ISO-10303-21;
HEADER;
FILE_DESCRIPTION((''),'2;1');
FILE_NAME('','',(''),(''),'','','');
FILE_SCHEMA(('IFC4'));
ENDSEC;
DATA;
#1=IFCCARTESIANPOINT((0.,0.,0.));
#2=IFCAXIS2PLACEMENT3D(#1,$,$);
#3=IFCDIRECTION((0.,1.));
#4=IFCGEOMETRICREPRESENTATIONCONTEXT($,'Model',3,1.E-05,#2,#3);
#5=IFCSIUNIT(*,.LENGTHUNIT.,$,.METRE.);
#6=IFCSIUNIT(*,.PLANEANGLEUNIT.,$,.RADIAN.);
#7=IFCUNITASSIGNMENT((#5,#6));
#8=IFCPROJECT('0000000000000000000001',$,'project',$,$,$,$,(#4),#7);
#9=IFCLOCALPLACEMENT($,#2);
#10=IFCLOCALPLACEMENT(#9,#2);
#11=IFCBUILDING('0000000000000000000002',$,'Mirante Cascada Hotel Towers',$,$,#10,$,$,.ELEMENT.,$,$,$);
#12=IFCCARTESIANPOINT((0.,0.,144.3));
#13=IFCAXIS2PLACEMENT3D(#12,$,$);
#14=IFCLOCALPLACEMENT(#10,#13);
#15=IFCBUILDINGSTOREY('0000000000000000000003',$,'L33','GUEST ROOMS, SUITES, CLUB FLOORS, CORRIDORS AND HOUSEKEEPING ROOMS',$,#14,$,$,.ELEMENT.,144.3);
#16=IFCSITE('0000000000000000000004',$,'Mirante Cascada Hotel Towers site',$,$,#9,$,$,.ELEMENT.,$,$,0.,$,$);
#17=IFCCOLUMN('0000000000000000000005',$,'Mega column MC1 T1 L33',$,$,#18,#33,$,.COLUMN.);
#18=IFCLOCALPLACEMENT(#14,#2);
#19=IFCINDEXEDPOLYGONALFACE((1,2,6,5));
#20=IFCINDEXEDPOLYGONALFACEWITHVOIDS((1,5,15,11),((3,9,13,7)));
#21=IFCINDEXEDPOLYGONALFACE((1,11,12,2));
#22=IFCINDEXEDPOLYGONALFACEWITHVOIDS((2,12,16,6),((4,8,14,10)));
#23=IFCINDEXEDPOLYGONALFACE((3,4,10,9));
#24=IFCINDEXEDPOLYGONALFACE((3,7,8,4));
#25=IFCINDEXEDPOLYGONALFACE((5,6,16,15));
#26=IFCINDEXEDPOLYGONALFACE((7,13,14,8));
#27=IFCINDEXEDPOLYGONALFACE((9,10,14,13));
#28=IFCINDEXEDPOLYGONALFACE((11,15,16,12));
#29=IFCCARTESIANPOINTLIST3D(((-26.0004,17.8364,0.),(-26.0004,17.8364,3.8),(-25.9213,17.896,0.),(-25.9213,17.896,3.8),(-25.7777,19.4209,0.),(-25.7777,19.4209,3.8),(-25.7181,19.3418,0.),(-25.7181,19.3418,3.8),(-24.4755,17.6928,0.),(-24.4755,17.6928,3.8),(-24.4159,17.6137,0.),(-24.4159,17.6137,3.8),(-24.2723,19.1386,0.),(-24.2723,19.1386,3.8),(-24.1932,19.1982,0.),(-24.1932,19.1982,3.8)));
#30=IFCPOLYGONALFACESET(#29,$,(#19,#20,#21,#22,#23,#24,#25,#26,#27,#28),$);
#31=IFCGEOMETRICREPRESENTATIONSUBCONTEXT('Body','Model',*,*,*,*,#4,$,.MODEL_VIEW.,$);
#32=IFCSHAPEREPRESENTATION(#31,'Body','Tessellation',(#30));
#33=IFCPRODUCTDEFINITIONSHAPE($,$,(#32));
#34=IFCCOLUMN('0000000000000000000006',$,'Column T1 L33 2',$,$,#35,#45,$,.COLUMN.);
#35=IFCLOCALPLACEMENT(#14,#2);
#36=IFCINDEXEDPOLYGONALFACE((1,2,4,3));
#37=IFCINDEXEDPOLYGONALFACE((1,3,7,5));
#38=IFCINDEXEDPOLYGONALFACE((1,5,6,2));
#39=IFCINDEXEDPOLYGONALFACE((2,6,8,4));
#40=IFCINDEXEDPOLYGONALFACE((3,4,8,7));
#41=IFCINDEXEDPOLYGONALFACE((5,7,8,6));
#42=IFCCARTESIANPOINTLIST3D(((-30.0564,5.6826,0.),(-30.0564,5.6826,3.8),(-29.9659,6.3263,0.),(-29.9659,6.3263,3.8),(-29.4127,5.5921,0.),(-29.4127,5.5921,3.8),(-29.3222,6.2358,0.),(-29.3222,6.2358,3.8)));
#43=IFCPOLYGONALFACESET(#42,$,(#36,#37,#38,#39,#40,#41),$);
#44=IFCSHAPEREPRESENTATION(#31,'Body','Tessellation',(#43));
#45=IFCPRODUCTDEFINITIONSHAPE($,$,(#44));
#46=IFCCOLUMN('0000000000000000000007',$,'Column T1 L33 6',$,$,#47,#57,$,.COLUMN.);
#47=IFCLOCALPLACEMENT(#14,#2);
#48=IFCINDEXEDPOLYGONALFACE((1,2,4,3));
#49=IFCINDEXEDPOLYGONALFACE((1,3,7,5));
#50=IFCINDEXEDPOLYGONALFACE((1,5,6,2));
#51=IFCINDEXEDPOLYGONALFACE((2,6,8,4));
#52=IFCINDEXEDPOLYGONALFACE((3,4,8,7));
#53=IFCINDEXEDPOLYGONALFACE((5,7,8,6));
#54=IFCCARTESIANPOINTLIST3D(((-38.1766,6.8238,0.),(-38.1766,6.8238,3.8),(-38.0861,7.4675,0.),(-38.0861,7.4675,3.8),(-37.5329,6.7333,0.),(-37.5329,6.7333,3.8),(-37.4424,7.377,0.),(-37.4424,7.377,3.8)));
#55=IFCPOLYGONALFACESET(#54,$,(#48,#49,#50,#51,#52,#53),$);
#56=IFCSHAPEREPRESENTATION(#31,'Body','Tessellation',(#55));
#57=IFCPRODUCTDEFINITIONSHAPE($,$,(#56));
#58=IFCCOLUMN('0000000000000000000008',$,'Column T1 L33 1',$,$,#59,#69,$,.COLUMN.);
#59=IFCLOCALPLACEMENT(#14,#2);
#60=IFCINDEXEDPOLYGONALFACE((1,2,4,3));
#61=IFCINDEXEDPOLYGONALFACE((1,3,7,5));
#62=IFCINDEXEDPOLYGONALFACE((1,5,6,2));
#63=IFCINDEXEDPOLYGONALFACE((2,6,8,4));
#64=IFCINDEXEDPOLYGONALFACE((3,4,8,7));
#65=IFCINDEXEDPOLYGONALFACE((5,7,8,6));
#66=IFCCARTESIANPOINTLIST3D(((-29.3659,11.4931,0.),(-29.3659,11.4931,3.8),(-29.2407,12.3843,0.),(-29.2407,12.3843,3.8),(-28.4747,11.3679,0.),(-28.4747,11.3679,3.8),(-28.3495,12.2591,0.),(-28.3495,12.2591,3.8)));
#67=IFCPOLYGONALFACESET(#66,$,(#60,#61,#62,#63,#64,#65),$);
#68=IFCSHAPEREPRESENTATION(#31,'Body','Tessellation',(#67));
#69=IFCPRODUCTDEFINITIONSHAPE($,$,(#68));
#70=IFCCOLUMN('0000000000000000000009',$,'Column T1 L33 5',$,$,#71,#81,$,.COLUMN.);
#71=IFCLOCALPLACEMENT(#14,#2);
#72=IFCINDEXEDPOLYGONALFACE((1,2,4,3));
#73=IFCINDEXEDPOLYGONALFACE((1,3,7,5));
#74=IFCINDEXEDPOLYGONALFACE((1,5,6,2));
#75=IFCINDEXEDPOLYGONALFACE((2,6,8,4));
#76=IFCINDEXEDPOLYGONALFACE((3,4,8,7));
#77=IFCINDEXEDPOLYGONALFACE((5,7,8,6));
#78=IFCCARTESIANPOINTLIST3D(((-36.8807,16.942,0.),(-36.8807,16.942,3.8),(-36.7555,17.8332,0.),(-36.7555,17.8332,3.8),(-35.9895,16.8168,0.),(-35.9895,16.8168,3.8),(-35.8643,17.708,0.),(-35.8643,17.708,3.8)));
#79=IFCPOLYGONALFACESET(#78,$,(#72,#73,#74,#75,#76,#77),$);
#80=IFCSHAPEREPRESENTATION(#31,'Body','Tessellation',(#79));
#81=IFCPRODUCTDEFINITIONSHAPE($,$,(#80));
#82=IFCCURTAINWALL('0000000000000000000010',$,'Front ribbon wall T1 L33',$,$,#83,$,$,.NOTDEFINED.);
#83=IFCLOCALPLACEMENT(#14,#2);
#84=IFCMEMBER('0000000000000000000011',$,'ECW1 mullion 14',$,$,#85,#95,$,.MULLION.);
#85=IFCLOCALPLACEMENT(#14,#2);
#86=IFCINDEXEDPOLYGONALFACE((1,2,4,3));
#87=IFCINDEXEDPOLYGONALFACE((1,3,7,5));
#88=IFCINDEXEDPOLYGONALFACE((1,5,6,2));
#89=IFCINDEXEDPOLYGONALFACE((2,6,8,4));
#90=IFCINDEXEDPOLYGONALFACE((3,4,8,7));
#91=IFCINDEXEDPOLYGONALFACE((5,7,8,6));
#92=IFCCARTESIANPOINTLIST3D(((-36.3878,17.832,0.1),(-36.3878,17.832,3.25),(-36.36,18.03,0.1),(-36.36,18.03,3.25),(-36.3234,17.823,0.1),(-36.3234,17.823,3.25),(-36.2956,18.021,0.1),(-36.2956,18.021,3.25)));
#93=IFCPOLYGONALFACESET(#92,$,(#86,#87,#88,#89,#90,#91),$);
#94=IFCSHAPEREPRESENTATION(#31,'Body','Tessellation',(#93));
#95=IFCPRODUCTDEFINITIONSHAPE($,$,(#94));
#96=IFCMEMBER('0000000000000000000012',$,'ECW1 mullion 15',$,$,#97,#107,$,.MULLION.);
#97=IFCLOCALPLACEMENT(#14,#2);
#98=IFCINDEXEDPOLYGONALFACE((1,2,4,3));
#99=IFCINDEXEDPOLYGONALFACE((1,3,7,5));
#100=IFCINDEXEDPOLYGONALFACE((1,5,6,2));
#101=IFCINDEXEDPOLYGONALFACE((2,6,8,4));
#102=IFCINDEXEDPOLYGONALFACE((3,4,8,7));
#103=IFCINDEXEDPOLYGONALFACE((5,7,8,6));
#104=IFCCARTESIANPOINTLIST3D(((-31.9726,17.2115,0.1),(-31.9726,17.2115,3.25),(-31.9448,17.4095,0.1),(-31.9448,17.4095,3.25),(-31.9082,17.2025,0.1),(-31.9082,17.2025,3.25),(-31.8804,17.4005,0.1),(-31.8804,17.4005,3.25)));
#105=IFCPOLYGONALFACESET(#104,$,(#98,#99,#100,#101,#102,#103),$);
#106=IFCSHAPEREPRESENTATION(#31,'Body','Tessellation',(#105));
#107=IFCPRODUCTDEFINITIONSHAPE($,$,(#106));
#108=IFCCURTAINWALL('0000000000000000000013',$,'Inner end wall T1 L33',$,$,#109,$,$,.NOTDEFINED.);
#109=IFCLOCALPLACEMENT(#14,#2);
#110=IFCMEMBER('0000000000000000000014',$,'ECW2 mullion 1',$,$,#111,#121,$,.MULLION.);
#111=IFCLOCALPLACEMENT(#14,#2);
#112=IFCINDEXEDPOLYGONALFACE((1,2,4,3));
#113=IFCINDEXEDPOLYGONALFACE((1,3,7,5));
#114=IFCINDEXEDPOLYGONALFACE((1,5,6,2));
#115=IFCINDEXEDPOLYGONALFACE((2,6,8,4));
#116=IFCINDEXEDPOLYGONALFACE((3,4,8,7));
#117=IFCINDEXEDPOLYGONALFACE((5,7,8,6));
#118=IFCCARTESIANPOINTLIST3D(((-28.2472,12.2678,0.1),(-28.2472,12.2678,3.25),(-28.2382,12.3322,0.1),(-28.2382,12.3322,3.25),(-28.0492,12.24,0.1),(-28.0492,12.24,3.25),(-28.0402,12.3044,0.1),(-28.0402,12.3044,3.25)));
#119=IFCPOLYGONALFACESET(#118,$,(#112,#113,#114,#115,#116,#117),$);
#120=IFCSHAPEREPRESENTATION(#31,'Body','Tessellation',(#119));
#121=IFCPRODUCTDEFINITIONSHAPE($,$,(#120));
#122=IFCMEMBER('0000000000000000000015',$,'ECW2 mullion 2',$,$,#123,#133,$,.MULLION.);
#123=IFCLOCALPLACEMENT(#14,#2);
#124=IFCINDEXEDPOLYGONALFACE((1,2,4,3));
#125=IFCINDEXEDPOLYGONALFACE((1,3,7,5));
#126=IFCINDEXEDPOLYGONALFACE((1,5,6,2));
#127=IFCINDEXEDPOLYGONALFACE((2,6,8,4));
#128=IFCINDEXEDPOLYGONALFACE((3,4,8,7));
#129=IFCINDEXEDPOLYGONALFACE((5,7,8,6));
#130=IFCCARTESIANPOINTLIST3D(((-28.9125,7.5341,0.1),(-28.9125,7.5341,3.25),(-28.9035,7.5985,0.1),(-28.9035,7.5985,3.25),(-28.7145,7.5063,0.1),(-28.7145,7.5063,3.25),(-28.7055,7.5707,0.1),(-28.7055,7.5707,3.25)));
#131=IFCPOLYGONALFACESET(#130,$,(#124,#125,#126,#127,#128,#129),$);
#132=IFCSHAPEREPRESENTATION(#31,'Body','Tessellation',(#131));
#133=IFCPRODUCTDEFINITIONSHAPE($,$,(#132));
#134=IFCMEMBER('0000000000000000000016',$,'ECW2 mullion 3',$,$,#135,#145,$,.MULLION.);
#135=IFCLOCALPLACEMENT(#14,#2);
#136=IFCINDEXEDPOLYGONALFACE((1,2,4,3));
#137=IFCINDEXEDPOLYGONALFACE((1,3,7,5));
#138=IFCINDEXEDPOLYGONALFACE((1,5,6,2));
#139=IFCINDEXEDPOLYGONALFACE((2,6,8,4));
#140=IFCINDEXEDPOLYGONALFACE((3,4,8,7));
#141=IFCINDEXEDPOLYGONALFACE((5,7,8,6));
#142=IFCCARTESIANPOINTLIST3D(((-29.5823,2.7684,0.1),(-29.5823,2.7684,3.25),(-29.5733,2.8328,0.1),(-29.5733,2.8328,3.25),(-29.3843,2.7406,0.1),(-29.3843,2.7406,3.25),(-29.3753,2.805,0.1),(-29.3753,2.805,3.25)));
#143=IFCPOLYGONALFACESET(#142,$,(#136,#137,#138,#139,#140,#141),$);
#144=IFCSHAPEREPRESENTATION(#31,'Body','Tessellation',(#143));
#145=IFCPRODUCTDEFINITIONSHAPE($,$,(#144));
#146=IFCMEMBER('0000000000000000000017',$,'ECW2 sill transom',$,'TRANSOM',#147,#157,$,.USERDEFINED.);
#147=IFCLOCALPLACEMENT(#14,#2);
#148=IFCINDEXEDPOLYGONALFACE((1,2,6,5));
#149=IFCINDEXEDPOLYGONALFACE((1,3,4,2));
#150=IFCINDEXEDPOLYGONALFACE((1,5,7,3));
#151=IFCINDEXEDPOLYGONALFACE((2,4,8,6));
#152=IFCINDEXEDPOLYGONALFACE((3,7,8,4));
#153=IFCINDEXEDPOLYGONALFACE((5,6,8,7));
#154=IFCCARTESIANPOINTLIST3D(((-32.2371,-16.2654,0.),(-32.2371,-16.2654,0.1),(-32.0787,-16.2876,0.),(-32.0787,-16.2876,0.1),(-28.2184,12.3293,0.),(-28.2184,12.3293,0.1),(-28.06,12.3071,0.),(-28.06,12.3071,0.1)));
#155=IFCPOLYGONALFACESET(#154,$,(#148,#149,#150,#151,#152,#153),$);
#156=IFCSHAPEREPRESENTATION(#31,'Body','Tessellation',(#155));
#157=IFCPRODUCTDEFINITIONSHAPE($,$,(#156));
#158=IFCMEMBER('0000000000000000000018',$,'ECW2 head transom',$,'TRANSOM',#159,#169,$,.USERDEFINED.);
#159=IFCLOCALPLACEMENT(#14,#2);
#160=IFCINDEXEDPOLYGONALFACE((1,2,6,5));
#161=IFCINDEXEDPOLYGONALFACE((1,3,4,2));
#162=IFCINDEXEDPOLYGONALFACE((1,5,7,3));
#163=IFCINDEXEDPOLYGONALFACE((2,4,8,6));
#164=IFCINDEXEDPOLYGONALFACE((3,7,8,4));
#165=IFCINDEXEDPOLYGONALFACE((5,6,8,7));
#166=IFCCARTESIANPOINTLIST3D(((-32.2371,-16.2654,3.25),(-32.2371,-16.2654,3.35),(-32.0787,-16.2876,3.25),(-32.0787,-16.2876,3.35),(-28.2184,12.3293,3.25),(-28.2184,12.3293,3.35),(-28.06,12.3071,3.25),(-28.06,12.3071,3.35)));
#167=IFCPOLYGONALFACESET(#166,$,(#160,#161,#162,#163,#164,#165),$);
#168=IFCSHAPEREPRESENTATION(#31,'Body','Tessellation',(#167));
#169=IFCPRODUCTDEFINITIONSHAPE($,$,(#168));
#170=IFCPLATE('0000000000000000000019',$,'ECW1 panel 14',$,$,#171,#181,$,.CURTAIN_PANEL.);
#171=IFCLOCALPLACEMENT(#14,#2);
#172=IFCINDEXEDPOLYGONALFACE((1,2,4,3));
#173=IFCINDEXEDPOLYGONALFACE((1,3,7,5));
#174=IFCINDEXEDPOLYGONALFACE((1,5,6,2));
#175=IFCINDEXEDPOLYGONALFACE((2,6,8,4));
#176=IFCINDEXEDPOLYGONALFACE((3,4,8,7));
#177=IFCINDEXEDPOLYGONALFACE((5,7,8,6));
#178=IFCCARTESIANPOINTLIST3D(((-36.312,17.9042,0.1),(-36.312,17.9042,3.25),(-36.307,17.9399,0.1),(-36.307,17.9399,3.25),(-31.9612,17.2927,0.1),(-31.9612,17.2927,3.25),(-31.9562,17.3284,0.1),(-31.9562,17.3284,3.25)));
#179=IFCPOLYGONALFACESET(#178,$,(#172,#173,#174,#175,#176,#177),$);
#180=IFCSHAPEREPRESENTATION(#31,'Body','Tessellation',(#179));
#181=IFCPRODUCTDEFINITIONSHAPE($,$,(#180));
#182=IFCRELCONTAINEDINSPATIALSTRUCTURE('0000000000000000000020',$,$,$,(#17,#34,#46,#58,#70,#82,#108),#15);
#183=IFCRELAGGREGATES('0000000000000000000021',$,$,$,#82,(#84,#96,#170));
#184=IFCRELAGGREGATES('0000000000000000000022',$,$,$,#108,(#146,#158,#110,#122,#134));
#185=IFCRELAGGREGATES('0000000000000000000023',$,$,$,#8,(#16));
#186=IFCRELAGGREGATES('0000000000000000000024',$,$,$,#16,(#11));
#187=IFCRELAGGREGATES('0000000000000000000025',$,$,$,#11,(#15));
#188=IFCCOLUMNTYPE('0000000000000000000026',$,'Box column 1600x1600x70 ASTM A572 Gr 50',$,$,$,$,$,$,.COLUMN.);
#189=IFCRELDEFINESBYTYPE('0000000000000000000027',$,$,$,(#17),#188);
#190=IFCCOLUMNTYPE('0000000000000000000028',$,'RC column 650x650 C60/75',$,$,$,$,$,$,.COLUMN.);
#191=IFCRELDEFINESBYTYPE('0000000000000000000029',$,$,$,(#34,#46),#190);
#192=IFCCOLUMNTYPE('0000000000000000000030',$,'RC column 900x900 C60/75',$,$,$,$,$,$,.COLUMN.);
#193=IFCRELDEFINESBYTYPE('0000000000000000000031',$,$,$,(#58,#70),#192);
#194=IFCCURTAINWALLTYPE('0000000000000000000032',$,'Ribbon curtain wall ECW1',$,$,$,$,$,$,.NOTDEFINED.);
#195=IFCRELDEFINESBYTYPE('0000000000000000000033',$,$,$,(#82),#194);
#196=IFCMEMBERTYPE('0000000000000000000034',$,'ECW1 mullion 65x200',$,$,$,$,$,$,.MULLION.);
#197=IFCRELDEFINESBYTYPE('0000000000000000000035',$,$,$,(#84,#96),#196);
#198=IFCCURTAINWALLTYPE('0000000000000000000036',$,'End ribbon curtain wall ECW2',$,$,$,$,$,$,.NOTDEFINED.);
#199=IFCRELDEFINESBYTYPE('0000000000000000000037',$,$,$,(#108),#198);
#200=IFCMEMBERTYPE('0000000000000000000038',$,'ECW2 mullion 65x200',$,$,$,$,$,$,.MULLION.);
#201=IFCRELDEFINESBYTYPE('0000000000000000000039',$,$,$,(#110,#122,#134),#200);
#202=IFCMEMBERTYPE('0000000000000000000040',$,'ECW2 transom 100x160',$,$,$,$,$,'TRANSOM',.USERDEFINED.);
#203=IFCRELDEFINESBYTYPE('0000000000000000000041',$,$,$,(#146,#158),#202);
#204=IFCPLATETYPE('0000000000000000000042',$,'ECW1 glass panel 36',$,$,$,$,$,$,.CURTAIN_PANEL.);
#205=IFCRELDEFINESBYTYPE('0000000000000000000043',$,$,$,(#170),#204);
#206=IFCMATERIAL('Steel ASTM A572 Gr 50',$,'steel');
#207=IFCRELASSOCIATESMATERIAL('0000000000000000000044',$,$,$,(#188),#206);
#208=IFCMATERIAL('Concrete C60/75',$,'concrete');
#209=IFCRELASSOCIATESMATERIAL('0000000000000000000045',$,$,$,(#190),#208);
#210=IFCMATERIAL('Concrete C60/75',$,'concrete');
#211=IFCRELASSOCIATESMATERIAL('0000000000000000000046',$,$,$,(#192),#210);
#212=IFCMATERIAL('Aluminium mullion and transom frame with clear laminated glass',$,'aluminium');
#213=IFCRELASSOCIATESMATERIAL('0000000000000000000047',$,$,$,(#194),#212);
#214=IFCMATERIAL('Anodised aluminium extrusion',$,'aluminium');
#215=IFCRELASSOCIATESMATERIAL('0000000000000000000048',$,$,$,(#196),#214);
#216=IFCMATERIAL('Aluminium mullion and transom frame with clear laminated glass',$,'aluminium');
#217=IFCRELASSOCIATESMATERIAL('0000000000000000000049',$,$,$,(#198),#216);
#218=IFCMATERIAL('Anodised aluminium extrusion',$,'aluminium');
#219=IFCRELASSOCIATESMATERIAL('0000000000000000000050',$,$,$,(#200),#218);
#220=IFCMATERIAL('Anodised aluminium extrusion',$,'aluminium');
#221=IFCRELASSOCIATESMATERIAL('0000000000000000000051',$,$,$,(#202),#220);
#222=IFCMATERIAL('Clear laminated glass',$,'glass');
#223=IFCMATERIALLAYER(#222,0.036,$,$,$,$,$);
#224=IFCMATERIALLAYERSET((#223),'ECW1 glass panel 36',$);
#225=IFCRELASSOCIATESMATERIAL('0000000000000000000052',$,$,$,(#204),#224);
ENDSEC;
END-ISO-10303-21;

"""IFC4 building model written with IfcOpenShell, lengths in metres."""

from ifc_helpers import new_model, si_unit, direction, frame, origin, origin_2d, place, context, subcontext, project, spatial, rectangle, hollow_rectangle, extrude, material, layer, layer_set, material_profile, profile_set, type_object, element, aggregate, save


model = new_model("IFC4")

# Units and contexts
model_context = context("Model", 3, precision=1e-05, world=origin(), true_north=direction((0.0, 1.0)))
body_context = subcontext(model_context, "Body", "Model", "MODEL_VIEW")
ifc_project = project(units=[si_unit("LENGTHUNIT", "METRE"), si_unit("PLANEANGLEUNIT", "RADIAN")], contexts=[model_context])

# Site, building, storey
site_placement = place(None, origin())
site = spatial("IfcSite", under=ifc_project, at=site_placement, Name="Mirante Cascada Hotel Towers site", CompositionType="ELEMENT", RefElevation=0.0)
building_placement = place(site_placement, origin())
building = spatial("IfcBuilding", under=site, at=building_placement, Name="Mirante Cascada Hotel Towers", CompositionType="ELEMENT")
storey_placement = place(building_placement, frame((0.0, 0.0, 144.3)))
storey = spatial("IfcBuildingStorey", under=building, at=storey_placement, Name="L33", Description="GUEST ROOMS, SUITES, CLUB FLOORS, CORRIDORS AND HOUSEKEEPING ROOMS", CompositionType="ELEMENT", Elevation=144.3)

# Columns
ifc_material_1 = material(Name="Steel ASTM A572 Gr 50", Category="steel")
ifc_material_profile_1 = material_profile(ifc_material_1, hollow_rectangle(XDim=1.6, YDim=1.6, WallThickness=0.07, at=origin_2d()), Name="Box column 1600x1600x70 ASTM A572 Gr 50")
ifc_profile_set_1 = profile_set([ifc_material_profile_1], Name="Steel ASTM A572 Gr 50")
column_type_1 = type_object("IfcColumnType", Name="Box column 1600x1600x70 ASTM A572 Gr 50", PredefinedType="COLUMN", material=ifc_profile_set_1)
column_placement = place(storey_placement, frame((-25.0968, 18.5173, 0.0), z_axis=(0.0, 0.0, 1.0), x_axis=(-0.990268, 0.139173, 0.0)))
element("IfcColumn", 1, at=column_placement, inside=storey, type_object=column_type_1, Name="Mega column MC1 T1 L33", PredefinedType="COLUMN", context=body_context, shape_type="SweptSolid", body=[
    extrude(hollow_rectangle(XDim=1.6, YDim=1.6, WallThickness=0.07, at=origin_2d()), origin(), (0.0, 0.0, 1.0), 3.8),
])
ifc_material_2 = material(Name="Concrete C60/75", Category="concrete")
ifc_material_profile_2 = material_profile(ifc_material_2, rectangle(XDim=0.65, YDim=0.65, at=origin_2d()), Name="RC column 650x650 C60/75")
ifc_profile_set_2 = profile_set([ifc_material_profile_2], Name="Concrete C60/75")
column_type_2 = type_object("IfcColumnType", Name="RC column 650x650 C60/75", PredefinedType="COLUMN", material=ifc_profile_set_2)
for number, where, z_axis, x_axis, name in (
    (2, (-29.6893, 5.9592, 0.0), (0.0, 0.0, 1.0), (-0.990268, 0.139173, 0.0), "Column T1 L33 2"),
    (3, (-37.8095, 7.1004, 0.0), (0.0, 0.0, 1.0), (-0.990268, 0.139173, 0.0), "Column T1 L33 6"),
):
    element("IfcColumn", number, at=place(storey_placement, frame(where, z_axis=z_axis, x_axis=x_axis)), inside=storey, type_object=column_type_2, Name=name, PredefinedType="COLUMN", context=body_context, shape_type="SweptSolid", body=[
        extrude(rectangle(XDim=0.65, YDim=0.65, at=origin_2d()), origin(), (0.0, 0.0, 1.0), 3.8),
    ])
ifc_material_3 = material(Name="Concrete C60/75", Category="concrete")
ifc_material_profile_3 = material_profile(ifc_material_3, rectangle(XDim=0.9, YDim=0.9, at=origin_2d()), Name="RC column 900x900 C60/75")
ifc_profile_set_3 = profile_set([ifc_material_profile_3], Name="Concrete C60/75")
column_type_3 = type_object("IfcColumnType", Name="RC column 900x900 C60/75", PredefinedType="COLUMN", material=ifc_profile_set_3)
for number, where, z_axis, x_axis, name in (
    (4, (-28.8577, 11.8761, 0.0), (0.0, 0.0, 1.0), (-0.990268, 0.139173, 0.0), "Column T1 L33 1"),
    (5, (-36.3725, 17.325, 0.0), (0.0, 0.0, 1.0), (-0.990268, 0.139173, 0.0), "Column T1 L33 5"),
):
    element("IfcColumn", number, at=place(storey_placement, frame(where, z_axis=z_axis, x_axis=x_axis)), inside=storey, type_object=column_type_3, Name=name, PredefinedType="COLUMN", context=body_context, shape_type="SweptSolid", body=[
        extrude(rectangle(XDim=0.9, YDim=0.9, at=origin_2d()), origin(), (0.0, 0.0, 1.0), 3.8),
    ])

# Curtain walls, members
ifc_material_4 = material(Name="Aluminium mullion and transom frame with clear laminated glass", Category="aluminium")
curtain_wall_type_1 = type_object("IfcCurtainWallType", Name="Ribbon curtain wall ECW1", PredefinedType="NOTDEFINED", material=ifc_material_4)
curtain_wall_1_placement = place(storey_placement, origin())
curtain_wall_1 = element("IfcCurtainWall", 6, at=curtain_wall_1_placement, inside=storey, type_object=curtain_wall_type_1, Name="Front ribbon wall T1 L33", PredefinedType="NOTDEFINED")
ifc_material_5 = material(Name="Anodised aluminium extrusion", Category="aluminium")
ifc_material_profile_4 = material_profile(ifc_material_5, rectangle(XDim=0.2, YDim=0.065, at=origin_2d()), Name="ECW1 MULLION 65x200")
ifc_profile_set_4 = profile_set([ifc_material_profile_4], Name="Anodised aluminium extrusion")
member_type_1 = type_object("IfcMemberType", Name="ECW1 mullion 65x200", PredefinedType="MULLION", material=ifc_profile_set_4)
member_1_placement = place(storey_placement, frame((-36.3417, 17.9265, 0.1), z_axis=(0.0, 0.0, 1.0), x_axis=(0.139173, 0.990268, 0.0)))
member_1 = element("IfcMember", 7, at=member_1_placement, type_object=member_type_1, Name="ECW1 mullion 14", PredefinedType="MULLION", context=body_context, shape_type="SweptSolid", body=[
    extrude(rectangle(XDim=0.2, YDim=0.065, at=origin_2d()), origin(), (0.0, 0.0, 1.0), 3.15),
])
member_2_placement = place(storey_placement, frame((-31.9265, 17.306, 0.1), z_axis=(0.0, 0.0, 1.0), x_axis=(0.139173, 0.990268, 0.0)))
member_2 = element("IfcMember", 8, at=member_2_placement, type_object=member_type_1, Name="ECW1 mullion 15", PredefinedType="MULLION", context=body_context, shape_type="SweptSolid", body=[
    extrude(rectangle(XDim=0.2, YDim=0.065, at=origin_2d()), origin(), (0.0, 0.0, 1.0), 3.15),
])
ifc_material_6 = material(Name="Aluminium mullion and transom frame with clear laminated glass", Category="aluminium")
curtain_wall_type_2 = type_object("IfcCurtainWallType", Name="End ribbon curtain wall ECW2", PredefinedType="NOTDEFINED", material=ifc_material_6)
curtain_wall_2_placement = place(storey_placement, origin())
curtain_wall_2 = element("IfcCurtainWall", 9, at=curtain_wall_2_placement, inside=storey, type_object=curtain_wall_type_2, Name="Inner end wall T1 L33", PredefinedType="NOTDEFINED")
ifc_material_7 = material(Name="Anodised aluminium extrusion", Category="aluminium")
ifc_material_profile_5 = material_profile(ifc_material_7, rectangle(XDim=0.2, YDim=0.065, at=origin_2d()), Name="ECW2 MULLION 65x200")
ifc_profile_set_5 = profile_set([ifc_material_profile_5], Name="Anodised aluminium extrusion")
member_type_2 = type_object("IfcMemberType", Name="ECW2 mullion 65x200", PredefinedType="MULLION", material=ifc_profile_set_5)
member_3_placement = place(storey_placement, frame((-28.1437, 12.2861, 0.1), z_axis=(0.0, 0.0, 1.0), x_axis=(0.990268, -0.139173, 0.0)))
member_3 = element("IfcMember", 10, at=member_3_placement, type_object=member_type_2, Name="ECW2 mullion 1", PredefinedType="MULLION", context=body_context, shape_type="SweptSolid", body=[
    extrude(rectangle(XDim=0.2, YDim=0.065, at=origin_2d()), origin(), (0.0, 0.0, 1.0), 3.15),
])
member_4_placement = place(storey_placement, frame((-28.809, 7.5524, 0.1), z_axis=(0.0, 0.0, 1.0), x_axis=(0.990268, -0.139173, 0.0)))
member_4 = element("IfcMember", 11, at=member_4_placement, type_object=member_type_2, Name="ECW2 mullion 2", PredefinedType="MULLION", context=body_context, shape_type="SweptSolid", body=[
    extrude(rectangle(XDim=0.2, YDim=0.065, at=origin_2d()), origin(), (0.0, 0.0, 1.0), 3.15),
])
member_5_placement = place(storey_placement, frame((-29.4788, 2.7867, 0.1), z_axis=(0.0, 0.0, 1.0), x_axis=(0.990268, -0.139173, 0.0)))
member_5 = element("IfcMember", 12, at=member_5_placement, type_object=member_type_2, Name="ECW2 mullion 3", PredefinedType="MULLION", context=body_context, shape_type="SweptSolid", body=[
    extrude(rectangle(XDim=0.2, YDim=0.065, at=origin_2d()), origin(), (0.0, 0.0, 1.0), 3.15),
])
ifc_material_8 = material(Name="Anodised aluminium extrusion", Category="aluminium")
ifc_material_profile_6 = material_profile(ifc_material_8, rectangle(XDim=0.16, YDim=0.1, at=origin_2d()), Name="ECW2 TRANSOM 100x160")
ifc_profile_set_6 = profile_set([ifc_material_profile_6], Name="Anodised aluminium extrusion")
member_type_3 = type_object("IfcMemberType", Name="ECW2 transom 100x160", ElementType="TRANSOM", PredefinedType="USERDEFINED", material=ifc_profile_set_6)
member_6_placement = place(storey_placement, frame((-28.1392, 12.3182, 0.05), z_axis=(-0.139172, -0.990268, 0.0), x_axis=(0.990268, -0.139172, 0.0)))
member_6 = element("IfcMember", 13, at=member_6_placement, type_object=member_type_3, Name="ECW2 sill transom", ObjectType="TRANSOM", PredefinedType="USERDEFINED", context=body_context, shape_type="SweptSolid", body=[
    extrude(rectangle(XDim=0.16, YDim=0.1, at=origin_2d()), origin(), (0.0, 0.0, 1.0), 28.8757),
])
member_7_placement = place(storey_placement, frame((-28.1392, 12.3182, 3.3), z_axis=(-0.139172, -0.990268, 0.0), x_axis=(0.990268, -0.139172, 0.0)))
member_7 = element("IfcMember", 14, at=member_7_placement, type_object=member_type_3, Name="ECW2 head transom", ObjectType="TRANSOM", PredefinedType="USERDEFINED", context=body_context, shape_type="SweptSolid", body=[
    extrude(rectangle(XDim=0.16, YDim=0.1, at=origin_2d()), origin(), (0.0, 0.0, 1.0), 28.8757),
])

# Plate
ifc_material_9 = material(Name="Clear laminated glass", Category="glass")
ifc_layer_1 = layer(ifc_material_9, 0.036)
ifc_layer_set_1 = layer_set([ifc_layer_1], Name="ECW1 glass panel 36")
plate_type_1 = type_object("IfcPlateType", Name="ECW1 glass panel 36", PredefinedType="CURTAIN_PANEL", material=ifc_layer_set_1)
plate_1_placement = place(storey_placement, frame((-34.1341, 17.6163, 0.1), z_axis=(0.0, 0.0, 1.0), x_axis=(0.990268, -0.139173, 0.0)))
plate_1 = element("IfcPlate", 15, at=plate_1_placement, type_object=plate_type_1, Name="ECW1 panel 14", PredefinedType="CURTAIN_PANEL", context=body_context, shape_type="SweptSolid", body=[
    extrude(rectangle(XDim=4.3936, YDim=0.036, at=origin_2d()), origin(), (0.0, 0.0, 1.0), 3.15),
])
aggregate(curtain_wall_1, [member_1, member_2, plate_1])
aggregate(curtain_wall_2, [member_6, member_7, member_3, member_4, member_5])

save(model, "model.ifc")
